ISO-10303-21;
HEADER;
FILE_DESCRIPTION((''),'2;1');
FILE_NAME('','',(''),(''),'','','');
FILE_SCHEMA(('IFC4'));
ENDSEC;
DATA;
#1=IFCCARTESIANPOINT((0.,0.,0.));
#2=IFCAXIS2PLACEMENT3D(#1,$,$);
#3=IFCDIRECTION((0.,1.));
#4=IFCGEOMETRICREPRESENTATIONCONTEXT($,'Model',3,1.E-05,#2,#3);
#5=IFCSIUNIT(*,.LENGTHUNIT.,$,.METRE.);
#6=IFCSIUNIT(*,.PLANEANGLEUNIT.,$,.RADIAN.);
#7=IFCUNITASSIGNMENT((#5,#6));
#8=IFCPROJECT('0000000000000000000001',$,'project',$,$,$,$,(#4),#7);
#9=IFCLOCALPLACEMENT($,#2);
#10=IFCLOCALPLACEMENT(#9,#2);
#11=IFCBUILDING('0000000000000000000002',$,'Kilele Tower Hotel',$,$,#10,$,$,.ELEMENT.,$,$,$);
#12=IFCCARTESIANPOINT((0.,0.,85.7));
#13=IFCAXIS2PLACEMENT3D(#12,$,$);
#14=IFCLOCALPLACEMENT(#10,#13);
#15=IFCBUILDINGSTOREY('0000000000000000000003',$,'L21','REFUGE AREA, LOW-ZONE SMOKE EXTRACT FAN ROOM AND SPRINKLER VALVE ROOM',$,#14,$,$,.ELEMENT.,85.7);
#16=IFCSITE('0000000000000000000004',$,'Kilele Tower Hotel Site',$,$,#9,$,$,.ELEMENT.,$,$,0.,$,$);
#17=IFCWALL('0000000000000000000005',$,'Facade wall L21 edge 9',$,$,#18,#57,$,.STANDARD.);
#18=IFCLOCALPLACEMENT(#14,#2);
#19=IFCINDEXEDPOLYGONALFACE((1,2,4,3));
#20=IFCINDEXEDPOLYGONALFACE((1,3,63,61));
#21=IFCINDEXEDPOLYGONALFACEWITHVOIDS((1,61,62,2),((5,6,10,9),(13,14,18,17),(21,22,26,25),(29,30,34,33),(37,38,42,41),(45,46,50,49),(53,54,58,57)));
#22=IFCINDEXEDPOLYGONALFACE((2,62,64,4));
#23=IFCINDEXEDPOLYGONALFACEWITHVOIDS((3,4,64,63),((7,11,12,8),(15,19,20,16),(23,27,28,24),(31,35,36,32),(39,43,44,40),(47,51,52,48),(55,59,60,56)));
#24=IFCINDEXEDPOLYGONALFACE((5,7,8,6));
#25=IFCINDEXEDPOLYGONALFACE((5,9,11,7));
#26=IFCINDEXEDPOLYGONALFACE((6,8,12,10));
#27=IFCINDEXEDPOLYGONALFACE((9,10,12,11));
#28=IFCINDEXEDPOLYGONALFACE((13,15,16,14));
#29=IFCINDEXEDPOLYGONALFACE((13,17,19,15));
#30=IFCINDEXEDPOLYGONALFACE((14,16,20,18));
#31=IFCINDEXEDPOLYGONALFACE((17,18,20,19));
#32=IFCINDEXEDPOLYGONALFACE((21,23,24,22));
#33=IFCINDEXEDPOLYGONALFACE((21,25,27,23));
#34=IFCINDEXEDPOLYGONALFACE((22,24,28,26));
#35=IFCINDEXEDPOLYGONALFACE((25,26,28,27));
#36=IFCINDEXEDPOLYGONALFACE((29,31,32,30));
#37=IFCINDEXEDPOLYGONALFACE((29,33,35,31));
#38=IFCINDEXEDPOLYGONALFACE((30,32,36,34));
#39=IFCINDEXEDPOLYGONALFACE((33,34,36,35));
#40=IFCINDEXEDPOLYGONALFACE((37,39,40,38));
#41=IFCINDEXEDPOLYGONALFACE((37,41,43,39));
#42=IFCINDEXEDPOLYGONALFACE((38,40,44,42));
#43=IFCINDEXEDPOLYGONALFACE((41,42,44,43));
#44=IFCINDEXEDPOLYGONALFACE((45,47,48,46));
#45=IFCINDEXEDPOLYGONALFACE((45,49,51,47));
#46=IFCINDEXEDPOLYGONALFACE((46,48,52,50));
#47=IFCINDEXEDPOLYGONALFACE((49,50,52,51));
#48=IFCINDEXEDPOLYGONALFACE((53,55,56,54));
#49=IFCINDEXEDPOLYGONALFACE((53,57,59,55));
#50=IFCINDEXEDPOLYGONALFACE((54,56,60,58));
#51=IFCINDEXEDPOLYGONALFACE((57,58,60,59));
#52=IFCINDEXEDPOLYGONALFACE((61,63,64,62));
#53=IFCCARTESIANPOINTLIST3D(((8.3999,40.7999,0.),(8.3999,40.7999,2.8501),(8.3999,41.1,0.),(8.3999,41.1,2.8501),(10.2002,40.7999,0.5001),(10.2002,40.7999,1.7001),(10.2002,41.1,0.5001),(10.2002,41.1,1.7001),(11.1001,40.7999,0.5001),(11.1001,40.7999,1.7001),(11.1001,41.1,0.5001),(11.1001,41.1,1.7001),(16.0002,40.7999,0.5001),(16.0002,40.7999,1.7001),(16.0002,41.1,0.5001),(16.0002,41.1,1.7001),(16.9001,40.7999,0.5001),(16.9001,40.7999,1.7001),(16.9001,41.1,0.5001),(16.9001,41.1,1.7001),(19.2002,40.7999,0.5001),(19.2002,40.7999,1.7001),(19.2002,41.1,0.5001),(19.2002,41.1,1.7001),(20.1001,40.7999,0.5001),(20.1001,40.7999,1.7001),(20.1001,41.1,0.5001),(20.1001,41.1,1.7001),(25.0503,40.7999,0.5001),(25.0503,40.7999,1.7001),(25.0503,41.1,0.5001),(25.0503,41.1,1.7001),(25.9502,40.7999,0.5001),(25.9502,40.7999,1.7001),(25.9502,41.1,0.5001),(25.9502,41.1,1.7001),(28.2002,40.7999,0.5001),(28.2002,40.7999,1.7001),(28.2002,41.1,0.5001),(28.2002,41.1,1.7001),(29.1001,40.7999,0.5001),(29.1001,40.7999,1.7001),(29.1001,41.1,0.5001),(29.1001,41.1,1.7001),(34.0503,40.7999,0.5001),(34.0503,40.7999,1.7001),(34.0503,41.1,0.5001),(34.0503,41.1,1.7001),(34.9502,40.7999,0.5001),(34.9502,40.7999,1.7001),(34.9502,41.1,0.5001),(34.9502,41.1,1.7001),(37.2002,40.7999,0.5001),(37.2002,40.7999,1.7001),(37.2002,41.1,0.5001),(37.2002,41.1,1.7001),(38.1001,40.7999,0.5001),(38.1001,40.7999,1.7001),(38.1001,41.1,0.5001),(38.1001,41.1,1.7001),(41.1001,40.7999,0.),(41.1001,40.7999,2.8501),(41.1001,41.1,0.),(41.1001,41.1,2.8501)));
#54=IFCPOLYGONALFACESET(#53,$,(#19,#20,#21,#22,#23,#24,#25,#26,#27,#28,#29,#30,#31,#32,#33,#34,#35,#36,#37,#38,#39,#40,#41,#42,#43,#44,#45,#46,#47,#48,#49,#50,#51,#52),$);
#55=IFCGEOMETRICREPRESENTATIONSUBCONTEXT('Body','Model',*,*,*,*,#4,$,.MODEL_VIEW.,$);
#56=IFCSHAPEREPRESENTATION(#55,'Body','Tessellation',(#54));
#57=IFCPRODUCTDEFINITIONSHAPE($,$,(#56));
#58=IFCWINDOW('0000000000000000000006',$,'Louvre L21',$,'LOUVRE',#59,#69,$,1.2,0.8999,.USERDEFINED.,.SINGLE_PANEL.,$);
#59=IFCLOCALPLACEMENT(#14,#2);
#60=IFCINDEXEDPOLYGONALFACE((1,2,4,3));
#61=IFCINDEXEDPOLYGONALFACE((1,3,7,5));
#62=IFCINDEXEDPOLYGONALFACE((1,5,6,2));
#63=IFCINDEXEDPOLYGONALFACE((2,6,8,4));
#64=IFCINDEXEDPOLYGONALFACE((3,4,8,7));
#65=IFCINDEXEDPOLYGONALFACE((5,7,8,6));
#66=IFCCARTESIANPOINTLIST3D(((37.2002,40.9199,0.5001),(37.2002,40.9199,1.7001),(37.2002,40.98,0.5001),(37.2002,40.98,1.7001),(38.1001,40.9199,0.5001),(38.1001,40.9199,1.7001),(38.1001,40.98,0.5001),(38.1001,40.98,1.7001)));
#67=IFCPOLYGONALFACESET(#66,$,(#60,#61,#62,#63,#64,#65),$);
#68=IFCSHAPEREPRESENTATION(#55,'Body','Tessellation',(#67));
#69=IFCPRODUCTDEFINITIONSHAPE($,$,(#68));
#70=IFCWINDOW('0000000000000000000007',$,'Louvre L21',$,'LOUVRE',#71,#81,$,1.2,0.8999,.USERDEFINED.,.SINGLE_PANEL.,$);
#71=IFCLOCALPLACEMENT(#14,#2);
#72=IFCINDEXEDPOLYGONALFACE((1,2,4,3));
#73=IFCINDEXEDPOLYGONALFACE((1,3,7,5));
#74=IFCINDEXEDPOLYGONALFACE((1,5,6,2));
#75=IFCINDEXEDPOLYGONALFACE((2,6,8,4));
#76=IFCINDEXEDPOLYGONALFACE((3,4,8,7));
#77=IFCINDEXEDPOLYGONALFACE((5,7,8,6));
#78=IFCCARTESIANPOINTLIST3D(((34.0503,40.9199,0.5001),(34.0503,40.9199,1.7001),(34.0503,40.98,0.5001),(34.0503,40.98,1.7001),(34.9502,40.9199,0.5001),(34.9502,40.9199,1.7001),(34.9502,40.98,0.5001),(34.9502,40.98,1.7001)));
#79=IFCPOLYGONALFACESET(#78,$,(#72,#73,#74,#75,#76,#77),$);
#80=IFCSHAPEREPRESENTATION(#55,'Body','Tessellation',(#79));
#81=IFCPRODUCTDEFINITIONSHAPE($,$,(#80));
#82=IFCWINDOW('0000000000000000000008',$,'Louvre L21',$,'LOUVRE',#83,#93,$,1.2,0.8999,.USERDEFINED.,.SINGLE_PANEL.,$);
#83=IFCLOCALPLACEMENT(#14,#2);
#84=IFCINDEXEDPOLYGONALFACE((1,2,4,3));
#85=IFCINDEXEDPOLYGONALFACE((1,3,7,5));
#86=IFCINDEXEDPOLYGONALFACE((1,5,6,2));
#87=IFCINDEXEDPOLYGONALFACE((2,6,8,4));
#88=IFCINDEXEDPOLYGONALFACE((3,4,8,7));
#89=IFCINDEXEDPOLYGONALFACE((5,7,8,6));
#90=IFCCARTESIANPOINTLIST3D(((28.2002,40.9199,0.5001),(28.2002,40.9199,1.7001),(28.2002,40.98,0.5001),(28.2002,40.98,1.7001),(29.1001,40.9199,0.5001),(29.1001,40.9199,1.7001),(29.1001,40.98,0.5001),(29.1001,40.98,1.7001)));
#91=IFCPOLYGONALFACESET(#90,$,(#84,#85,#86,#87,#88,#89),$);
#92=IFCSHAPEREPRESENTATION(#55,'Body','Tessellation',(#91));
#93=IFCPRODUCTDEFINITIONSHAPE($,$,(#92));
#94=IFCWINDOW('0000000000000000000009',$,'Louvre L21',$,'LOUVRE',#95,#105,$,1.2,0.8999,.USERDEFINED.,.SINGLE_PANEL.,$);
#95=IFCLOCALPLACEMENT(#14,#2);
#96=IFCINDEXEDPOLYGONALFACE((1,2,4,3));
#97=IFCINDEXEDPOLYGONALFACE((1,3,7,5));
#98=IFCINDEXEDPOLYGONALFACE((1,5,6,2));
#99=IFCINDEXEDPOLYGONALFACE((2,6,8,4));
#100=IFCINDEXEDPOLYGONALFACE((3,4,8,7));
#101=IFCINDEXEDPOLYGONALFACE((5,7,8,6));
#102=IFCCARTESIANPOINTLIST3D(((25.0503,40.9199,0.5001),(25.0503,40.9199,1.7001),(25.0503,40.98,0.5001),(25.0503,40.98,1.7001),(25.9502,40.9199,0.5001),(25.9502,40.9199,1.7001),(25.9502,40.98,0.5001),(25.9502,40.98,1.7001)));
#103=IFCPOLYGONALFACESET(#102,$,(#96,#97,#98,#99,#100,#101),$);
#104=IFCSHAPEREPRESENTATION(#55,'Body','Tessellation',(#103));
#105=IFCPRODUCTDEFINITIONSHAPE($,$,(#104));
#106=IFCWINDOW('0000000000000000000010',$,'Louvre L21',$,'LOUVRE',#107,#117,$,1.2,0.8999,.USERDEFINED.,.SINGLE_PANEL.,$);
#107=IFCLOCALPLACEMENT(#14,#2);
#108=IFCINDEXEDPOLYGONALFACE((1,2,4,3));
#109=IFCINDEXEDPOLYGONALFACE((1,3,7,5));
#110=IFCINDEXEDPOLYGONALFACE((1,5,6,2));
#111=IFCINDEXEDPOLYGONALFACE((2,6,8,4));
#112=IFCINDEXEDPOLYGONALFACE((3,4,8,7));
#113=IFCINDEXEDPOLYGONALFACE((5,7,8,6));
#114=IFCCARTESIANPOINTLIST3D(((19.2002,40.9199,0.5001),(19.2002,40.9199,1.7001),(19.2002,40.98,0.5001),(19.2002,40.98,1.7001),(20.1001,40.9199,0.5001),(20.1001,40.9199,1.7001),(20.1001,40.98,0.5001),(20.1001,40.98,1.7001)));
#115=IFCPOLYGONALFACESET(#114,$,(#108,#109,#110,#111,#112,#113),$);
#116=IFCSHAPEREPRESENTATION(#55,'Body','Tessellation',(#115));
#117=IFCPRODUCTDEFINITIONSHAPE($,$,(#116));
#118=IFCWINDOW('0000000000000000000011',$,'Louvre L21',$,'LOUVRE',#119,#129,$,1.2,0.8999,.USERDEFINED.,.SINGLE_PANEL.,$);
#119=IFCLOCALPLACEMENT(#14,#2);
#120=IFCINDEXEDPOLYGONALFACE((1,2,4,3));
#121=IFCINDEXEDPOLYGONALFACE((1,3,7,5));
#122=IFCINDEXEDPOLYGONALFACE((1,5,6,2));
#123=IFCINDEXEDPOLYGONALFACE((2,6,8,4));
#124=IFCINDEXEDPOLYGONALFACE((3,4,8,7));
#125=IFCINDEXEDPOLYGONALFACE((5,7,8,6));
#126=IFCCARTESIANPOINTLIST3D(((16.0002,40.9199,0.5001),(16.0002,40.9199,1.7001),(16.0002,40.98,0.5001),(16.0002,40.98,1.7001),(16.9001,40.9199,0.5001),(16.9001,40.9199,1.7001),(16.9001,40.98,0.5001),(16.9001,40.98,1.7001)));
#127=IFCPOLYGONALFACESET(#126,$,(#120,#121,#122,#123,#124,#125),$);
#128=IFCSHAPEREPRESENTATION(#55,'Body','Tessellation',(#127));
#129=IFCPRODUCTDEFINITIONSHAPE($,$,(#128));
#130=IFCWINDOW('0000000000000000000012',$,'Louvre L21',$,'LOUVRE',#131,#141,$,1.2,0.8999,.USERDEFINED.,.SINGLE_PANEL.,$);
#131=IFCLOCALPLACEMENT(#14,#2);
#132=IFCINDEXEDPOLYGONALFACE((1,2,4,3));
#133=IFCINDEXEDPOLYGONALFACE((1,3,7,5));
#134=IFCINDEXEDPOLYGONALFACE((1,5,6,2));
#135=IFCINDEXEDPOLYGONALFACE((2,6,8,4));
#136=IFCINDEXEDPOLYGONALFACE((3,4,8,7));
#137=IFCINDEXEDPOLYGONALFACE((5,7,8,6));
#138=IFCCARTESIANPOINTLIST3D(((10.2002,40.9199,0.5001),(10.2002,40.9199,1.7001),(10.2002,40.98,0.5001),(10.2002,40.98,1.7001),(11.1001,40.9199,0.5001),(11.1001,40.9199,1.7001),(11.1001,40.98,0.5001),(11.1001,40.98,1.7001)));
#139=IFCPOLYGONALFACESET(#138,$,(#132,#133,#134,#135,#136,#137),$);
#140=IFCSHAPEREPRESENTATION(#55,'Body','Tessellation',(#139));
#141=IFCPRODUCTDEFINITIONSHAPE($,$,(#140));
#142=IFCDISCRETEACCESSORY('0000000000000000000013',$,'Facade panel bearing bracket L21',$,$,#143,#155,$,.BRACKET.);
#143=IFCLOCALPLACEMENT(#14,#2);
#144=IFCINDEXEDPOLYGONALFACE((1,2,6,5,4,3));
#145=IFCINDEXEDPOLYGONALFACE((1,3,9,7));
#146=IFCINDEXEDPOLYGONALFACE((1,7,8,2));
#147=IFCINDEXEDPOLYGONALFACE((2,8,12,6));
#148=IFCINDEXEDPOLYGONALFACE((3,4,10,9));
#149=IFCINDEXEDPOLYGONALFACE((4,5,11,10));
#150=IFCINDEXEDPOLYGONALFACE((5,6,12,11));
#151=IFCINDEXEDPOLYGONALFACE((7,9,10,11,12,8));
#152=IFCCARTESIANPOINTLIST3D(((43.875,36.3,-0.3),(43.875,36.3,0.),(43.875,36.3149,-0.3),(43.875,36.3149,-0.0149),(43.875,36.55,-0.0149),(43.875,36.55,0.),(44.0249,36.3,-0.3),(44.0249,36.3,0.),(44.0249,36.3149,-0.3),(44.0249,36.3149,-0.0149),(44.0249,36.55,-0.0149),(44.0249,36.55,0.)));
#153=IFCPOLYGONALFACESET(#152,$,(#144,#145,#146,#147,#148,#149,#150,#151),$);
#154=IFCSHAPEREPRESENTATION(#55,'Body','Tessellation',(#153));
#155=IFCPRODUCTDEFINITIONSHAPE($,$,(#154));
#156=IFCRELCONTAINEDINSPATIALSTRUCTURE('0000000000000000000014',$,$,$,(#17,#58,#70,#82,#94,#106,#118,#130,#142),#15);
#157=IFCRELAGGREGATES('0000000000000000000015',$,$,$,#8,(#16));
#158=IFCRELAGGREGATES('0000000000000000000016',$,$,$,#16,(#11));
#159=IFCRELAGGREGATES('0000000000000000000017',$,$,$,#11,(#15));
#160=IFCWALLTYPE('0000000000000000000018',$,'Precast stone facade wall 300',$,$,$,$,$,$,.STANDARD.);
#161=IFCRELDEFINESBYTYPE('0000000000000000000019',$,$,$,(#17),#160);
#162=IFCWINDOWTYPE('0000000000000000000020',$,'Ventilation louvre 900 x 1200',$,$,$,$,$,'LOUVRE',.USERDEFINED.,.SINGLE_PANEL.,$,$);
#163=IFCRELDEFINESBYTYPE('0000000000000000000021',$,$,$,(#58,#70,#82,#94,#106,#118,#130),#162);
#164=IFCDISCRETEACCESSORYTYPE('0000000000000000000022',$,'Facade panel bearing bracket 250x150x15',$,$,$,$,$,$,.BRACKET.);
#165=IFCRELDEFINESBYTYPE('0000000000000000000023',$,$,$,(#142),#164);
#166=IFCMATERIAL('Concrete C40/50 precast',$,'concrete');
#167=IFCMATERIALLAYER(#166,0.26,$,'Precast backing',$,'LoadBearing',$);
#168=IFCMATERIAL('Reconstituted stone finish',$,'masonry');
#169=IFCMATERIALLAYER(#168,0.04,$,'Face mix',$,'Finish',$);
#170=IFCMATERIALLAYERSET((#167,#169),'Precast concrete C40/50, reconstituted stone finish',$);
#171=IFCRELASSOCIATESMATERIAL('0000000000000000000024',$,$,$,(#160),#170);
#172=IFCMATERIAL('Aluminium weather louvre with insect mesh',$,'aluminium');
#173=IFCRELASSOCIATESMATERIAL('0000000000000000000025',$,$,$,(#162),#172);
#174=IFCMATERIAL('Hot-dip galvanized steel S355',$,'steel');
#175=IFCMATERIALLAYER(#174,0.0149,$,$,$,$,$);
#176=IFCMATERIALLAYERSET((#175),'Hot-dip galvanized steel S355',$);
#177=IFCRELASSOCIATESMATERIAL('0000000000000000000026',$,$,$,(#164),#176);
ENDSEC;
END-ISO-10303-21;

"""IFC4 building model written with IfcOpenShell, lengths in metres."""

from ifc_helpers import new_model, si_unit, direction, frame, frame_2d, origin, place, context, subcontext, project, spatial, polyline, rectangle, outline, extrude, source, transform, mapped, material, layer, layer_set, type_object, element, fill, save


model = new_model("IFC4")

# Units and contexts
model_context = context("Model", 3, precision=1e-05, world=origin(), true_north=direction((0.0, 1.0)))
body_context = subcontext(model_context, "Body", "Model", "MODEL_VIEW")
ifc_project = project(units=[si_unit("LENGTHUNIT", "METRE"), si_unit("PLANEANGLEUNIT", "RADIAN")], contexts=[model_context])

# Site, building, storey
site_placement = place(None, origin())
site = spatial("IfcSite", under=ifc_project, at=site_placement, Name="Kilele Tower Hotel Site", CompositionType="ELEMENT", RefElevation=0.0)
building_placement = place(site_placement, origin())
building = spatial("IfcBuilding", under=site, at=building_placement, Name="Kilele Tower Hotel", CompositionType="ELEMENT")
storey_placement = place(building_placement, frame((0.0, 0.0, 85.7)))
storey = spatial("IfcBuildingStorey", under=building, at=storey_placement, Name="L21", Description="REFUGE AREA, LOW-ZONE SMOKE EXTRACT FAN ROOM AND SPRINKLER VALVE ROOM", CompositionType="ELEMENT", Elevation=85.7)

# Shared definitions
ifc_material_1 = material(Name="Concrete C40/50 precast", Category="concrete")
ifc_layer_1 = layer(ifc_material_1, 0.26, Name="Precast backing", Category="LoadBearing")
ifc_material_2 = material(Name="Reconstituted stone finish", Category="masonry")
ifc_layer_2 = layer(ifc_material_2, 0.04, Name="Face mix", Category="Finish")
ifc_layer_set_1 = layer_set([ifc_layer_1, ifc_layer_2], Name="Precast concrete C40/50, reconstituted stone finish")
wall_type = type_object("IfcWallType", Name="Precast stone facade wall 300", PredefinedType="STANDARD", material=ifc_layer_set_1)
ifc_material_3 = material(Name="Aluminium weather louvre with insect mesh", Category="aluminium")
window_type = type_object("IfcWindowType", Name="Ventilation louvre 900 x 1200", ElementType="LOUVRE", PartitioningType="SINGLE_PANEL", PredefinedType="USERDEFINED", material=ifc_material_3)

# Wall, openings, windows
wall_1_placement = place(storey_placement, frame((41.1001, 40.95, 0.0), z_axis=(0.0, 0.0, 1.0), x_axis=(-1.0, 0.0, 0.0)))
wall_1 = element("IfcWall", 1, at=wall_1_placement, inside=storey, type_object=wall_type, Name="Facade wall L21 edge 9", PredefinedType="STANDARD", context=body_context, shape_type="SweptSolid", body=[
    extrude(rectangle(XDim=32.7002, YDim=0.3, at=frame_2d((16.3501, 0.0))), origin(), (0.0, 0.0, 1.0), 2.8501),
])
opening_1_placement = place(wall_1_placement, frame((3.0, 0.0, 0.5)))
opening_1 = element("IfcOpeningElement", 2, at=opening_1_placement, cuts=wall_1, PredefinedType="OPENING", context=body_context, shape_type="SweptSolid", body=[
    extrude(rectangle(XDim=0.8999, YDim=1.2, at=frame_2d((0.45, 0.6001))), frame((0.0, 0.1599, 0.0), z_axis=(0.0, -1.0, 0.0), x_axis=(1.0, 0.0, 0.0)), (0.0, 0.0, 1.0), 0.3201),
])
opening_2_placement = place(wall_1_placement, frame((6.1499, 0.0, 0.5)))
opening_2 = element("IfcOpeningElement", 3, at=opening_2_placement, cuts=wall_1, PredefinedType="OPENING", context=body_context, shape_type="SweptSolid", body=[
    extrude(rectangle(XDim=0.8999, YDim=1.2, at=frame_2d((0.45, 0.6001))), frame((0.0, 0.1599, 0.0), z_axis=(0.0, -1.0, 0.0), x_axis=(1.0, 0.0, 0.0)), (0.0, 0.0, 1.0), 0.3201),
])
opening_3_placement = place(wall_1_placement, frame((12.0, 0.0, 0.5)))
opening_3 = element("IfcOpeningElement", 4, at=opening_3_placement, cuts=wall_1, PredefinedType="OPENING", context=body_context, shape_type="SweptSolid", body=[
    extrude(rectangle(XDim=0.8999, YDim=1.2, at=frame_2d((0.45, 0.6001))), frame((0.0, 0.1599, 0.0), z_axis=(0.0, -1.0, 0.0), x_axis=(1.0, 0.0, 0.0)), (0.0, 0.0, 1.0), 0.3201),
])
opening_4_placement = place(wall_1_placement, frame((15.1499, 0.0, 0.5)))
opening_4 = element("IfcOpeningElement", 5, at=opening_4_placement, cuts=wall_1, PredefinedType="OPENING", context=body_context, shape_type="SweptSolid", body=[
    extrude(rectangle(XDim=0.8999, YDim=1.2, at=frame_2d((0.45, 0.6001))), frame((0.0, 0.1599, 0.0), z_axis=(0.0, -1.0, 0.0), x_axis=(1.0, 0.0, 0.0)), (0.0, 0.0, 1.0), 0.3201),
])
opening_5_placement = place(wall_1_placement, frame((21.0, 0.0, 0.5)))
opening_5 = element("IfcOpeningElement", 6, at=opening_5_placement, cuts=wall_1, PredefinedType="OPENING", context=body_context, shape_type="SweptSolid", body=[
    extrude(rectangle(XDim=0.8999, YDim=1.2, at=frame_2d((0.45, 0.6001))), frame((0.0, 0.1599, 0.0), z_axis=(0.0, -1.0, 0.0), x_axis=(1.0, 0.0, 0.0)), (0.0, 0.0, 1.0), 0.3201),
])
opening_6_placement = place(wall_1_placement, frame((24.2, 0.0, 0.5)))
opening_6 = element("IfcOpeningElement", 7, at=opening_6_placement, cuts=wall_1, PredefinedType="OPENING", context=body_context, shape_type="SweptSolid", body=[
    extrude(rectangle(XDim=0.8999, YDim=1.2, at=frame_2d((0.45, 0.6001))), frame((0.0, 0.1599, 0.0), z_axis=(0.0, -1.0, 0.0), x_axis=(1.0, 0.0, 0.0)), (0.0, 0.0, 1.0), 0.3201),
])
opening_7_placement = place(wall_1_placement, frame((30.0, 0.0, 0.5)))
opening_7 = element("IfcOpeningElement", 8, at=opening_7_placement, cuts=wall_1, PredefinedType="OPENING", context=body_context, shape_type="SweptSolid", body=[
    extrude(rectangle(XDim=0.8999, YDim=1.2, at=frame_2d((0.45, 0.6001))), frame((0.0, 0.1599, 0.0), z_axis=(0.0, -1.0, 0.0), x_axis=(1.0, 0.0, 0.0)), (0.0, 0.0, 1.0), 0.3201),
])
window_1_placement = place(opening_1_placement, origin())
window_1 = element("IfcWindow", 9, at=window_1_placement, inside=storey, type_object=window_type, Name="Louvre L21", ObjectType="LOUVRE", OverallHeight=1.2, OverallWidth=0.8999, PartitioningType="SINGLE_PANEL", PredefinedType="USERDEFINED", context=body_context, shape_type="SweptSolid", body=[
    extrude(rectangle(XDim=0.8999, YDim=1.2, at=frame_2d((0.45, 0.6001))), frame((0.0, 0.03, 0.0), z_axis=(0.0, -1.0, 0.0), x_axis=(1.0, 0.0, 0.0)), (0.0, 0.0, 1.0), 0.0601),
])
fill(opening_1, window_1)
window_2_placement = place(opening_2_placement, origin())
window_2 = element("IfcWindow", 10, at=window_2_placement, inside=storey, type_object=window_type, Name="Louvre L21", ObjectType="LOUVRE", OverallHeight=1.2, OverallWidth=0.8999, PartitioningType="SINGLE_PANEL", PredefinedType="USERDEFINED", context=body_context, shape_type="SweptSolid", body=[
    extrude(rectangle(XDim=0.8999, YDim=1.2, at=frame_2d((0.45, 0.6001))), frame((0.0, 0.03, 0.0), z_axis=(0.0, -1.0, 0.0), x_axis=(1.0, 0.0, 0.0)), (0.0, 0.0, 1.0), 0.0601),
])
fill(opening_2, window_2)
window_3_placement = place(opening_3_placement, origin())
window_3 = element("IfcWindow", 11, at=window_3_placement, inside=storey, type_object=window_type, Name="Louvre L21", ObjectType="LOUVRE", OverallHeight=1.2, OverallWidth=0.8999, PartitioningType="SINGLE_PANEL", PredefinedType="USERDEFINED", context=body_context, shape_type="SweptSolid", body=[
    extrude(rectangle(XDim=0.8999, YDim=1.2, at=frame_2d((0.45, 0.6001))), frame((0.0, 0.03, 0.0), z_axis=(0.0, -1.0, 0.0), x_axis=(1.0, 0.0, 0.0)), (0.0, 0.0, 1.0), 0.0601),
])
fill(opening_3, window_3)
window_4_placement = place(opening_4_placement, origin())
window_4 = element("IfcWindow", 12, at=window_4_placement, inside=storey, type_object=window_type, Name="Louvre L21", ObjectType="LOUVRE", OverallHeight=1.2, OverallWidth=0.8999, PartitioningType="SINGLE_PANEL", PredefinedType="USERDEFINED", context=body_context, shape_type="SweptSolid", body=[
    extrude(rectangle(XDim=0.8999, YDim=1.2, at=frame_2d((0.45, 0.6001))), frame((0.0, 0.03, 0.0), z_axis=(0.0, -1.0, 0.0), x_axis=(1.0, 0.0, 0.0)), (0.0, 0.0, 1.0), 0.0601),
])
fill(opening_4, window_4)
window_5_placement = place(opening_5_placement, origin())
window_5 = element("IfcWindow", 13, at=window_5_placement, inside=storey, type_object=window_type, Name="Louvre L21", ObjectType="LOUVRE", OverallHeight=1.2, OverallWidth=0.8999, PartitioningType="SINGLE_PANEL", PredefinedType="USERDEFINED", context=body_context, shape_type="SweptSolid", body=[
    extrude(rectangle(XDim=0.8999, YDim=1.2, at=frame_2d((0.45, 0.6001))), frame((0.0, 0.03, 0.0), z_axis=(0.0, -1.0, 0.0), x_axis=(1.0, 0.0, 0.0)), (0.0, 0.0, 1.0), 0.0601),
])
fill(opening_5, window_5)
window_6_placement = place(opening_6_placement, origin())
window_6 = element("IfcWindow", 14, at=window_6_placement, inside=storey, type_object=window_type, Name="Louvre L21", ObjectType="LOUVRE", OverallHeight=1.2, OverallWidth=0.8999, PartitioningType="SINGLE_PANEL", PredefinedType="USERDEFINED", context=body_context, shape_type="SweptSolid", body=[
    extrude(rectangle(XDim=0.8999, YDim=1.2, at=frame_2d((0.45, 0.6001))), frame((0.0, 0.03, 0.0), z_axis=(0.0, -1.0, 0.0), x_axis=(1.0, 0.0, 0.0)), (0.0, 0.0, 1.0), 0.0601),
])
fill(opening_6, window_6)
window_7_placement = place(opening_7_placement, origin())
window_7 = element("IfcWindow", 15, at=window_7_placement, inside=storey, type_object=window_type, Name="Louvre L21", ObjectType="LOUVRE", OverallHeight=1.2, OverallWidth=0.8999, PartitioningType="SINGLE_PANEL", PredefinedType="USERDEFINED", context=body_context, shape_type="SweptSolid", body=[
    extrude(rectangle(XDim=0.8999, YDim=1.2, at=frame_2d((0.45, 0.6001))), frame((0.0, 0.03, 0.0), z_axis=(0.0, -1.0, 0.0), x_axis=(1.0, 0.0, 0.0)), (0.0, 0.0, 1.0), 0.0601),
])
fill(opening_7, window_7)

# Discrete accessory
ifc_material_4 = material(Name="Hot-dip galvanized steel S355", Category="steel")
ifc_layer_3 = layer(ifc_material_4, 0.0149)
ifc_layer_set_2 = layer_set([ifc_layer_3], Name="Hot-dip galvanized steel S355")
discrete_accessory_type_1 = type_object("IfcDiscreteAccessoryType", Name="Facade panel bearing bracket 250x150x15", PredefinedType="BRACKET", material=ifc_layer_set_2)
shared_shape_1 = source(origin(), body_context, "Body", "SweptSolid", [
    extrude(outline(polyline([(0.0, 0.0), (0.25, 0.0), (0.25, -0.0149), (0.0149, -0.0149), (0.0149, -0.3), (0.0, -0.3), (0.0, 0.0)])), origin(), (0.0, 0.0, 1.0), 0.1499),
])
for number, where, z_axis, x_axis, name in (
    (16, (43.875, 36.3, 0.0), (1.0, 0.0, 0.0), (0.0, 1.0, 0.0), "Facade panel bearing bracket L21"),
):
    element("IfcDiscreteAccessory", number, at=place(storey_placement, frame(where, z_axis=z_axis, x_axis=x_axis)), inside=storey, type_object=discrete_accessory_type_1, Name=name, PredefinedType="BRACKET", context=body_context, shape_type="MappedRepresentation", body=[
        mapped(shared_shape_1, transform((0.0, 0.0, 0.0))),
    ])

save(model, "model.ifc")
